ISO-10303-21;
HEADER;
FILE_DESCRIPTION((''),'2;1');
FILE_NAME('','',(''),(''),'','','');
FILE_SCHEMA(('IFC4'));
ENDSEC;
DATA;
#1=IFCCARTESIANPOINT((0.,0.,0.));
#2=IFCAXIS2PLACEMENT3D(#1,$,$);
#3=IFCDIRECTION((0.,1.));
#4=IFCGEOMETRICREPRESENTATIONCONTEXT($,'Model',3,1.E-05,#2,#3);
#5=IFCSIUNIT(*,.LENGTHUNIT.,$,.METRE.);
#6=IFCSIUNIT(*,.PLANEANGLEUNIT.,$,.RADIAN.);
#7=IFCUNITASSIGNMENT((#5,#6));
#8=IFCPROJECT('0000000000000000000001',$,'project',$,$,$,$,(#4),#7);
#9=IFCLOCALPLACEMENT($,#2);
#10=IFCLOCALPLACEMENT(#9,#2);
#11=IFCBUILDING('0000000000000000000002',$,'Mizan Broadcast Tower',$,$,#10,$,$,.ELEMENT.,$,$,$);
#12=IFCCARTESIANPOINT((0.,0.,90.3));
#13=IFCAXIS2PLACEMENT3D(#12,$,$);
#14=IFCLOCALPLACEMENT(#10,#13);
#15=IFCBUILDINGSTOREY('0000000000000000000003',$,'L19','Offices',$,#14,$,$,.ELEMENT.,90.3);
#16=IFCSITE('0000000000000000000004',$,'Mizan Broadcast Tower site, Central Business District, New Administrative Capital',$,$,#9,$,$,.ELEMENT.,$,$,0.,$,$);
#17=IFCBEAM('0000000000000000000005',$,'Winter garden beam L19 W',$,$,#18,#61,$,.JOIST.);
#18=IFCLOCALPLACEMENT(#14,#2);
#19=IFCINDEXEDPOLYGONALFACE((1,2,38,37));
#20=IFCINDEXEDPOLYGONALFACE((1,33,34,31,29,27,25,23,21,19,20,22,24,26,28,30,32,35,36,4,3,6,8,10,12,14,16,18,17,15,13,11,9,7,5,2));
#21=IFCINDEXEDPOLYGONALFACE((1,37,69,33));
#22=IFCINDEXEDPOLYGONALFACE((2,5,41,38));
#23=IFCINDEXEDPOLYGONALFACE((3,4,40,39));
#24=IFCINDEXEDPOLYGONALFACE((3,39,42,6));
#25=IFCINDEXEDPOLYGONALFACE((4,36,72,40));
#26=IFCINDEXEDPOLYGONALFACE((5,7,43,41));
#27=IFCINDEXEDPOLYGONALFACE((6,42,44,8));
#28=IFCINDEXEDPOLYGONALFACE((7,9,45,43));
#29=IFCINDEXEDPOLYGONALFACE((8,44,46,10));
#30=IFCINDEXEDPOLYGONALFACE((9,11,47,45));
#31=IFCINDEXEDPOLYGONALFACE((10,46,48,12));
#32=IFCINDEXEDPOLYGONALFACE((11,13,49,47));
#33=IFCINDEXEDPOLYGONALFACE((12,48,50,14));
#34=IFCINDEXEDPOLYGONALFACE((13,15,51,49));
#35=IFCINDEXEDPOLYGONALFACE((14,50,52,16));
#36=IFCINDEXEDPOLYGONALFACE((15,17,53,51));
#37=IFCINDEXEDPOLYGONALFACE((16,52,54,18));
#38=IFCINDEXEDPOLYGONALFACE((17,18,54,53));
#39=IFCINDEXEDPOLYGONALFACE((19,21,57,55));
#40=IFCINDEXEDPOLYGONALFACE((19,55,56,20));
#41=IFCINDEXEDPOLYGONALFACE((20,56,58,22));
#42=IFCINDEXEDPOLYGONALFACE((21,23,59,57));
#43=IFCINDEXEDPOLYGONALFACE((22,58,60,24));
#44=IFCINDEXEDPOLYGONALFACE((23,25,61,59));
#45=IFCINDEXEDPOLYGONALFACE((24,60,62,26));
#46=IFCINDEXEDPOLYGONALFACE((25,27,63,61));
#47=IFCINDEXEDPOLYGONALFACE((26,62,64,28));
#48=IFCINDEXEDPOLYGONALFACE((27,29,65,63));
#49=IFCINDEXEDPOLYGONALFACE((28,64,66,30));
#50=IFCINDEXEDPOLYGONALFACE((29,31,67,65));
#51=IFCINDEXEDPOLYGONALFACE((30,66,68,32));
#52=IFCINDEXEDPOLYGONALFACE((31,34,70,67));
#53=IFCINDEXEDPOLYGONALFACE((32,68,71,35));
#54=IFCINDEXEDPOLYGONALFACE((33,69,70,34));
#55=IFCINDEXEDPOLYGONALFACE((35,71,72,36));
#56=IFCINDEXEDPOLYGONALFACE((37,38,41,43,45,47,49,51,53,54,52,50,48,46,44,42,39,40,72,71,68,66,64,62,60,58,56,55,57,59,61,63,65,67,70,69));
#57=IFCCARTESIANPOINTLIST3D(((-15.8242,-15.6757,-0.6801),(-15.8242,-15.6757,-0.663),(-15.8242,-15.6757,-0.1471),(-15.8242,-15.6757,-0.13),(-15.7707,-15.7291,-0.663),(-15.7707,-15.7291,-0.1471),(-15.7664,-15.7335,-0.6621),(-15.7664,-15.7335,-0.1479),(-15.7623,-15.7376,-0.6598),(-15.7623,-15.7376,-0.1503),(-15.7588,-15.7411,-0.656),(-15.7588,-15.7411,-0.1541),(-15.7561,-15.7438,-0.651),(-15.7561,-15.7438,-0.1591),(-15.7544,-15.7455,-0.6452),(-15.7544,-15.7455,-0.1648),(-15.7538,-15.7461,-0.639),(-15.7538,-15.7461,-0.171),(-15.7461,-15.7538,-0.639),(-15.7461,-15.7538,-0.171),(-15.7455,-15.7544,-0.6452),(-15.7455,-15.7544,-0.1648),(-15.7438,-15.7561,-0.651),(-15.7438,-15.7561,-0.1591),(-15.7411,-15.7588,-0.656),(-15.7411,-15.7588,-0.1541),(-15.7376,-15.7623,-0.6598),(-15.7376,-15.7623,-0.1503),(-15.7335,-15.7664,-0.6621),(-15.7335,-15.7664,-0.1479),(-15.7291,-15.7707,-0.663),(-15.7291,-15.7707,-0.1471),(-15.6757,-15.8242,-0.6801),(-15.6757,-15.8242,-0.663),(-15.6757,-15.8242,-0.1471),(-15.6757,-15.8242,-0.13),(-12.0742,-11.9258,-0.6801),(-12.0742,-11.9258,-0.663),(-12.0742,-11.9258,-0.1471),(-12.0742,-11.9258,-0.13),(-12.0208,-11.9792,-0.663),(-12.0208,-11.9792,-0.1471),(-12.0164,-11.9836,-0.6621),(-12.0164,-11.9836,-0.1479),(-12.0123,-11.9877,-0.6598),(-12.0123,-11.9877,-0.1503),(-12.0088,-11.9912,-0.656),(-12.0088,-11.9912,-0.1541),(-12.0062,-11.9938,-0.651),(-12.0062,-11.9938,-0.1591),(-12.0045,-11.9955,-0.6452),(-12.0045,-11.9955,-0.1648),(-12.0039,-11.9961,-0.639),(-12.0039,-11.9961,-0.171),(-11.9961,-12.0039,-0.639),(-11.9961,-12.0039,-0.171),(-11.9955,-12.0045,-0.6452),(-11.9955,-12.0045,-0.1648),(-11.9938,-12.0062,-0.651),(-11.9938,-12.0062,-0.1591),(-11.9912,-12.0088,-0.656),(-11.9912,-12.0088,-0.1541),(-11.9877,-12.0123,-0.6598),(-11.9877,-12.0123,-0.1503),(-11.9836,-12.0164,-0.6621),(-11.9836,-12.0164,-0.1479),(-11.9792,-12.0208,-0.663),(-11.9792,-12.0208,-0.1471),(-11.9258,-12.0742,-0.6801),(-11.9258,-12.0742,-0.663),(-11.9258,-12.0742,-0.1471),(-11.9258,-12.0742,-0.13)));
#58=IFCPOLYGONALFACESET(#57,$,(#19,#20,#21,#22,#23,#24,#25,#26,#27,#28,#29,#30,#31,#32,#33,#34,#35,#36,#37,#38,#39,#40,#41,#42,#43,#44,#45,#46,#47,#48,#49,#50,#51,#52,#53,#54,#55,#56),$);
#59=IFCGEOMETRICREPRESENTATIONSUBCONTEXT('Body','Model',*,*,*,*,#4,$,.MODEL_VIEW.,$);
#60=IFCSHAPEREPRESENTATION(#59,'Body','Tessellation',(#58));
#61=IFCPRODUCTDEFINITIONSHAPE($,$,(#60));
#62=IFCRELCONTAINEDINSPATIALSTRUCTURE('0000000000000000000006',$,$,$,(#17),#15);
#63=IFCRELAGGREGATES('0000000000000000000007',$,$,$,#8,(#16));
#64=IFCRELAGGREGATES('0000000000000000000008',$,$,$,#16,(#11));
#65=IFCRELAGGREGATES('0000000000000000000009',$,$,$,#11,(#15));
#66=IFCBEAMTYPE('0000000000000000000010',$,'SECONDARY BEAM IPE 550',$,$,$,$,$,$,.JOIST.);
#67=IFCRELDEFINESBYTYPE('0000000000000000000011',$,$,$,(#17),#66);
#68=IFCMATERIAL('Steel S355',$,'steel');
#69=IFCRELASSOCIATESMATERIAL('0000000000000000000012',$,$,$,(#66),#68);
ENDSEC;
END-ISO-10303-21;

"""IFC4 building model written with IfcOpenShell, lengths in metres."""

from ifc_helpers import new_model, si_unit, direction, frame, origin, origin_2d, place, context, subcontext, project, spatial, i_section, extrude, material, material_profile, profile_set, type_object, element, save


model = new_model("IFC4")

# Units and contexts
model_context = context("Model", 3, precision=1e-05, world=origin(), true_north=direction((0.0, 1.0)))
body_context = subcontext(model_context, "Body", "Model", "MODEL_VIEW")
ifc_project = project(units=[si_unit("LENGTHUNIT", "METRE"), si_unit("PLANEANGLEUNIT", "RADIAN")], contexts=[model_context])

# Site, building, storey
site_placement = place(None, origin())
site = spatial("IfcSite", under=ifc_project, at=site_placement, Name="Mizan Broadcast Tower site, Central Business District, New Administrative Capital", CompositionType="ELEMENT", RefElevation=0.0)
building_placement = place(site_placement, origin())
building = spatial("IfcBuilding", under=site, at=building_placement, Name="Mizan Broadcast Tower", CompositionType="ELEMENT")
storey_placement = place(building_placement, frame((0.0, 0.0, 90.3)))
storey = spatial("IfcBuildingStorey", under=building, at=storey_placement, Name="L19", Description="Offices", CompositionType="ELEMENT", Elevation=90.3)

# Beam
ifc_material_1 = material(Name="Steel S355", Category="steel")
ifc_material_profile_1 = material_profile(ifc_material_1, i_section(OverallWidth=0.21, OverallDepth=0.55, WebThickness=0.011, FlangeThickness=0.0171, FilletRadius=0.0239, at=origin_2d()), Name="IPE 550")
ifc_profile_set_1 = profile_set([ifc_material_profile_1], Name="Steel S355")
beam_type_1 = type_object("IfcBeamType", Name="SECONDARY BEAM IPE 550", PredefinedType="JOIST", material=ifc_profile_set_1)
beam_1_placement = place(storey_placement, frame((-12.0, -12.0, -0.405), z_axis=(-0.707107, -0.707107, 0.0), x_axis=(0.707107, -0.707107, 0.0)))
element("IfcBeam", 1, at=beam_1_placement, inside=storey, type_object=beam_type_1, Name="Winter garden beam L19 W", PredefinedType="JOIST", context=body_context, shape_type="SweptSolid", body=[
    extrude(i_section(OverallWidth=0.21, OverallDepth=0.55, WebThickness=0.011, FlangeThickness=0.0171, FilletRadius=0.0239, at=origin_2d()), origin(), (0.0, 0.0, 1.0), 5.3032),
])

save(model, "model.ifc")
